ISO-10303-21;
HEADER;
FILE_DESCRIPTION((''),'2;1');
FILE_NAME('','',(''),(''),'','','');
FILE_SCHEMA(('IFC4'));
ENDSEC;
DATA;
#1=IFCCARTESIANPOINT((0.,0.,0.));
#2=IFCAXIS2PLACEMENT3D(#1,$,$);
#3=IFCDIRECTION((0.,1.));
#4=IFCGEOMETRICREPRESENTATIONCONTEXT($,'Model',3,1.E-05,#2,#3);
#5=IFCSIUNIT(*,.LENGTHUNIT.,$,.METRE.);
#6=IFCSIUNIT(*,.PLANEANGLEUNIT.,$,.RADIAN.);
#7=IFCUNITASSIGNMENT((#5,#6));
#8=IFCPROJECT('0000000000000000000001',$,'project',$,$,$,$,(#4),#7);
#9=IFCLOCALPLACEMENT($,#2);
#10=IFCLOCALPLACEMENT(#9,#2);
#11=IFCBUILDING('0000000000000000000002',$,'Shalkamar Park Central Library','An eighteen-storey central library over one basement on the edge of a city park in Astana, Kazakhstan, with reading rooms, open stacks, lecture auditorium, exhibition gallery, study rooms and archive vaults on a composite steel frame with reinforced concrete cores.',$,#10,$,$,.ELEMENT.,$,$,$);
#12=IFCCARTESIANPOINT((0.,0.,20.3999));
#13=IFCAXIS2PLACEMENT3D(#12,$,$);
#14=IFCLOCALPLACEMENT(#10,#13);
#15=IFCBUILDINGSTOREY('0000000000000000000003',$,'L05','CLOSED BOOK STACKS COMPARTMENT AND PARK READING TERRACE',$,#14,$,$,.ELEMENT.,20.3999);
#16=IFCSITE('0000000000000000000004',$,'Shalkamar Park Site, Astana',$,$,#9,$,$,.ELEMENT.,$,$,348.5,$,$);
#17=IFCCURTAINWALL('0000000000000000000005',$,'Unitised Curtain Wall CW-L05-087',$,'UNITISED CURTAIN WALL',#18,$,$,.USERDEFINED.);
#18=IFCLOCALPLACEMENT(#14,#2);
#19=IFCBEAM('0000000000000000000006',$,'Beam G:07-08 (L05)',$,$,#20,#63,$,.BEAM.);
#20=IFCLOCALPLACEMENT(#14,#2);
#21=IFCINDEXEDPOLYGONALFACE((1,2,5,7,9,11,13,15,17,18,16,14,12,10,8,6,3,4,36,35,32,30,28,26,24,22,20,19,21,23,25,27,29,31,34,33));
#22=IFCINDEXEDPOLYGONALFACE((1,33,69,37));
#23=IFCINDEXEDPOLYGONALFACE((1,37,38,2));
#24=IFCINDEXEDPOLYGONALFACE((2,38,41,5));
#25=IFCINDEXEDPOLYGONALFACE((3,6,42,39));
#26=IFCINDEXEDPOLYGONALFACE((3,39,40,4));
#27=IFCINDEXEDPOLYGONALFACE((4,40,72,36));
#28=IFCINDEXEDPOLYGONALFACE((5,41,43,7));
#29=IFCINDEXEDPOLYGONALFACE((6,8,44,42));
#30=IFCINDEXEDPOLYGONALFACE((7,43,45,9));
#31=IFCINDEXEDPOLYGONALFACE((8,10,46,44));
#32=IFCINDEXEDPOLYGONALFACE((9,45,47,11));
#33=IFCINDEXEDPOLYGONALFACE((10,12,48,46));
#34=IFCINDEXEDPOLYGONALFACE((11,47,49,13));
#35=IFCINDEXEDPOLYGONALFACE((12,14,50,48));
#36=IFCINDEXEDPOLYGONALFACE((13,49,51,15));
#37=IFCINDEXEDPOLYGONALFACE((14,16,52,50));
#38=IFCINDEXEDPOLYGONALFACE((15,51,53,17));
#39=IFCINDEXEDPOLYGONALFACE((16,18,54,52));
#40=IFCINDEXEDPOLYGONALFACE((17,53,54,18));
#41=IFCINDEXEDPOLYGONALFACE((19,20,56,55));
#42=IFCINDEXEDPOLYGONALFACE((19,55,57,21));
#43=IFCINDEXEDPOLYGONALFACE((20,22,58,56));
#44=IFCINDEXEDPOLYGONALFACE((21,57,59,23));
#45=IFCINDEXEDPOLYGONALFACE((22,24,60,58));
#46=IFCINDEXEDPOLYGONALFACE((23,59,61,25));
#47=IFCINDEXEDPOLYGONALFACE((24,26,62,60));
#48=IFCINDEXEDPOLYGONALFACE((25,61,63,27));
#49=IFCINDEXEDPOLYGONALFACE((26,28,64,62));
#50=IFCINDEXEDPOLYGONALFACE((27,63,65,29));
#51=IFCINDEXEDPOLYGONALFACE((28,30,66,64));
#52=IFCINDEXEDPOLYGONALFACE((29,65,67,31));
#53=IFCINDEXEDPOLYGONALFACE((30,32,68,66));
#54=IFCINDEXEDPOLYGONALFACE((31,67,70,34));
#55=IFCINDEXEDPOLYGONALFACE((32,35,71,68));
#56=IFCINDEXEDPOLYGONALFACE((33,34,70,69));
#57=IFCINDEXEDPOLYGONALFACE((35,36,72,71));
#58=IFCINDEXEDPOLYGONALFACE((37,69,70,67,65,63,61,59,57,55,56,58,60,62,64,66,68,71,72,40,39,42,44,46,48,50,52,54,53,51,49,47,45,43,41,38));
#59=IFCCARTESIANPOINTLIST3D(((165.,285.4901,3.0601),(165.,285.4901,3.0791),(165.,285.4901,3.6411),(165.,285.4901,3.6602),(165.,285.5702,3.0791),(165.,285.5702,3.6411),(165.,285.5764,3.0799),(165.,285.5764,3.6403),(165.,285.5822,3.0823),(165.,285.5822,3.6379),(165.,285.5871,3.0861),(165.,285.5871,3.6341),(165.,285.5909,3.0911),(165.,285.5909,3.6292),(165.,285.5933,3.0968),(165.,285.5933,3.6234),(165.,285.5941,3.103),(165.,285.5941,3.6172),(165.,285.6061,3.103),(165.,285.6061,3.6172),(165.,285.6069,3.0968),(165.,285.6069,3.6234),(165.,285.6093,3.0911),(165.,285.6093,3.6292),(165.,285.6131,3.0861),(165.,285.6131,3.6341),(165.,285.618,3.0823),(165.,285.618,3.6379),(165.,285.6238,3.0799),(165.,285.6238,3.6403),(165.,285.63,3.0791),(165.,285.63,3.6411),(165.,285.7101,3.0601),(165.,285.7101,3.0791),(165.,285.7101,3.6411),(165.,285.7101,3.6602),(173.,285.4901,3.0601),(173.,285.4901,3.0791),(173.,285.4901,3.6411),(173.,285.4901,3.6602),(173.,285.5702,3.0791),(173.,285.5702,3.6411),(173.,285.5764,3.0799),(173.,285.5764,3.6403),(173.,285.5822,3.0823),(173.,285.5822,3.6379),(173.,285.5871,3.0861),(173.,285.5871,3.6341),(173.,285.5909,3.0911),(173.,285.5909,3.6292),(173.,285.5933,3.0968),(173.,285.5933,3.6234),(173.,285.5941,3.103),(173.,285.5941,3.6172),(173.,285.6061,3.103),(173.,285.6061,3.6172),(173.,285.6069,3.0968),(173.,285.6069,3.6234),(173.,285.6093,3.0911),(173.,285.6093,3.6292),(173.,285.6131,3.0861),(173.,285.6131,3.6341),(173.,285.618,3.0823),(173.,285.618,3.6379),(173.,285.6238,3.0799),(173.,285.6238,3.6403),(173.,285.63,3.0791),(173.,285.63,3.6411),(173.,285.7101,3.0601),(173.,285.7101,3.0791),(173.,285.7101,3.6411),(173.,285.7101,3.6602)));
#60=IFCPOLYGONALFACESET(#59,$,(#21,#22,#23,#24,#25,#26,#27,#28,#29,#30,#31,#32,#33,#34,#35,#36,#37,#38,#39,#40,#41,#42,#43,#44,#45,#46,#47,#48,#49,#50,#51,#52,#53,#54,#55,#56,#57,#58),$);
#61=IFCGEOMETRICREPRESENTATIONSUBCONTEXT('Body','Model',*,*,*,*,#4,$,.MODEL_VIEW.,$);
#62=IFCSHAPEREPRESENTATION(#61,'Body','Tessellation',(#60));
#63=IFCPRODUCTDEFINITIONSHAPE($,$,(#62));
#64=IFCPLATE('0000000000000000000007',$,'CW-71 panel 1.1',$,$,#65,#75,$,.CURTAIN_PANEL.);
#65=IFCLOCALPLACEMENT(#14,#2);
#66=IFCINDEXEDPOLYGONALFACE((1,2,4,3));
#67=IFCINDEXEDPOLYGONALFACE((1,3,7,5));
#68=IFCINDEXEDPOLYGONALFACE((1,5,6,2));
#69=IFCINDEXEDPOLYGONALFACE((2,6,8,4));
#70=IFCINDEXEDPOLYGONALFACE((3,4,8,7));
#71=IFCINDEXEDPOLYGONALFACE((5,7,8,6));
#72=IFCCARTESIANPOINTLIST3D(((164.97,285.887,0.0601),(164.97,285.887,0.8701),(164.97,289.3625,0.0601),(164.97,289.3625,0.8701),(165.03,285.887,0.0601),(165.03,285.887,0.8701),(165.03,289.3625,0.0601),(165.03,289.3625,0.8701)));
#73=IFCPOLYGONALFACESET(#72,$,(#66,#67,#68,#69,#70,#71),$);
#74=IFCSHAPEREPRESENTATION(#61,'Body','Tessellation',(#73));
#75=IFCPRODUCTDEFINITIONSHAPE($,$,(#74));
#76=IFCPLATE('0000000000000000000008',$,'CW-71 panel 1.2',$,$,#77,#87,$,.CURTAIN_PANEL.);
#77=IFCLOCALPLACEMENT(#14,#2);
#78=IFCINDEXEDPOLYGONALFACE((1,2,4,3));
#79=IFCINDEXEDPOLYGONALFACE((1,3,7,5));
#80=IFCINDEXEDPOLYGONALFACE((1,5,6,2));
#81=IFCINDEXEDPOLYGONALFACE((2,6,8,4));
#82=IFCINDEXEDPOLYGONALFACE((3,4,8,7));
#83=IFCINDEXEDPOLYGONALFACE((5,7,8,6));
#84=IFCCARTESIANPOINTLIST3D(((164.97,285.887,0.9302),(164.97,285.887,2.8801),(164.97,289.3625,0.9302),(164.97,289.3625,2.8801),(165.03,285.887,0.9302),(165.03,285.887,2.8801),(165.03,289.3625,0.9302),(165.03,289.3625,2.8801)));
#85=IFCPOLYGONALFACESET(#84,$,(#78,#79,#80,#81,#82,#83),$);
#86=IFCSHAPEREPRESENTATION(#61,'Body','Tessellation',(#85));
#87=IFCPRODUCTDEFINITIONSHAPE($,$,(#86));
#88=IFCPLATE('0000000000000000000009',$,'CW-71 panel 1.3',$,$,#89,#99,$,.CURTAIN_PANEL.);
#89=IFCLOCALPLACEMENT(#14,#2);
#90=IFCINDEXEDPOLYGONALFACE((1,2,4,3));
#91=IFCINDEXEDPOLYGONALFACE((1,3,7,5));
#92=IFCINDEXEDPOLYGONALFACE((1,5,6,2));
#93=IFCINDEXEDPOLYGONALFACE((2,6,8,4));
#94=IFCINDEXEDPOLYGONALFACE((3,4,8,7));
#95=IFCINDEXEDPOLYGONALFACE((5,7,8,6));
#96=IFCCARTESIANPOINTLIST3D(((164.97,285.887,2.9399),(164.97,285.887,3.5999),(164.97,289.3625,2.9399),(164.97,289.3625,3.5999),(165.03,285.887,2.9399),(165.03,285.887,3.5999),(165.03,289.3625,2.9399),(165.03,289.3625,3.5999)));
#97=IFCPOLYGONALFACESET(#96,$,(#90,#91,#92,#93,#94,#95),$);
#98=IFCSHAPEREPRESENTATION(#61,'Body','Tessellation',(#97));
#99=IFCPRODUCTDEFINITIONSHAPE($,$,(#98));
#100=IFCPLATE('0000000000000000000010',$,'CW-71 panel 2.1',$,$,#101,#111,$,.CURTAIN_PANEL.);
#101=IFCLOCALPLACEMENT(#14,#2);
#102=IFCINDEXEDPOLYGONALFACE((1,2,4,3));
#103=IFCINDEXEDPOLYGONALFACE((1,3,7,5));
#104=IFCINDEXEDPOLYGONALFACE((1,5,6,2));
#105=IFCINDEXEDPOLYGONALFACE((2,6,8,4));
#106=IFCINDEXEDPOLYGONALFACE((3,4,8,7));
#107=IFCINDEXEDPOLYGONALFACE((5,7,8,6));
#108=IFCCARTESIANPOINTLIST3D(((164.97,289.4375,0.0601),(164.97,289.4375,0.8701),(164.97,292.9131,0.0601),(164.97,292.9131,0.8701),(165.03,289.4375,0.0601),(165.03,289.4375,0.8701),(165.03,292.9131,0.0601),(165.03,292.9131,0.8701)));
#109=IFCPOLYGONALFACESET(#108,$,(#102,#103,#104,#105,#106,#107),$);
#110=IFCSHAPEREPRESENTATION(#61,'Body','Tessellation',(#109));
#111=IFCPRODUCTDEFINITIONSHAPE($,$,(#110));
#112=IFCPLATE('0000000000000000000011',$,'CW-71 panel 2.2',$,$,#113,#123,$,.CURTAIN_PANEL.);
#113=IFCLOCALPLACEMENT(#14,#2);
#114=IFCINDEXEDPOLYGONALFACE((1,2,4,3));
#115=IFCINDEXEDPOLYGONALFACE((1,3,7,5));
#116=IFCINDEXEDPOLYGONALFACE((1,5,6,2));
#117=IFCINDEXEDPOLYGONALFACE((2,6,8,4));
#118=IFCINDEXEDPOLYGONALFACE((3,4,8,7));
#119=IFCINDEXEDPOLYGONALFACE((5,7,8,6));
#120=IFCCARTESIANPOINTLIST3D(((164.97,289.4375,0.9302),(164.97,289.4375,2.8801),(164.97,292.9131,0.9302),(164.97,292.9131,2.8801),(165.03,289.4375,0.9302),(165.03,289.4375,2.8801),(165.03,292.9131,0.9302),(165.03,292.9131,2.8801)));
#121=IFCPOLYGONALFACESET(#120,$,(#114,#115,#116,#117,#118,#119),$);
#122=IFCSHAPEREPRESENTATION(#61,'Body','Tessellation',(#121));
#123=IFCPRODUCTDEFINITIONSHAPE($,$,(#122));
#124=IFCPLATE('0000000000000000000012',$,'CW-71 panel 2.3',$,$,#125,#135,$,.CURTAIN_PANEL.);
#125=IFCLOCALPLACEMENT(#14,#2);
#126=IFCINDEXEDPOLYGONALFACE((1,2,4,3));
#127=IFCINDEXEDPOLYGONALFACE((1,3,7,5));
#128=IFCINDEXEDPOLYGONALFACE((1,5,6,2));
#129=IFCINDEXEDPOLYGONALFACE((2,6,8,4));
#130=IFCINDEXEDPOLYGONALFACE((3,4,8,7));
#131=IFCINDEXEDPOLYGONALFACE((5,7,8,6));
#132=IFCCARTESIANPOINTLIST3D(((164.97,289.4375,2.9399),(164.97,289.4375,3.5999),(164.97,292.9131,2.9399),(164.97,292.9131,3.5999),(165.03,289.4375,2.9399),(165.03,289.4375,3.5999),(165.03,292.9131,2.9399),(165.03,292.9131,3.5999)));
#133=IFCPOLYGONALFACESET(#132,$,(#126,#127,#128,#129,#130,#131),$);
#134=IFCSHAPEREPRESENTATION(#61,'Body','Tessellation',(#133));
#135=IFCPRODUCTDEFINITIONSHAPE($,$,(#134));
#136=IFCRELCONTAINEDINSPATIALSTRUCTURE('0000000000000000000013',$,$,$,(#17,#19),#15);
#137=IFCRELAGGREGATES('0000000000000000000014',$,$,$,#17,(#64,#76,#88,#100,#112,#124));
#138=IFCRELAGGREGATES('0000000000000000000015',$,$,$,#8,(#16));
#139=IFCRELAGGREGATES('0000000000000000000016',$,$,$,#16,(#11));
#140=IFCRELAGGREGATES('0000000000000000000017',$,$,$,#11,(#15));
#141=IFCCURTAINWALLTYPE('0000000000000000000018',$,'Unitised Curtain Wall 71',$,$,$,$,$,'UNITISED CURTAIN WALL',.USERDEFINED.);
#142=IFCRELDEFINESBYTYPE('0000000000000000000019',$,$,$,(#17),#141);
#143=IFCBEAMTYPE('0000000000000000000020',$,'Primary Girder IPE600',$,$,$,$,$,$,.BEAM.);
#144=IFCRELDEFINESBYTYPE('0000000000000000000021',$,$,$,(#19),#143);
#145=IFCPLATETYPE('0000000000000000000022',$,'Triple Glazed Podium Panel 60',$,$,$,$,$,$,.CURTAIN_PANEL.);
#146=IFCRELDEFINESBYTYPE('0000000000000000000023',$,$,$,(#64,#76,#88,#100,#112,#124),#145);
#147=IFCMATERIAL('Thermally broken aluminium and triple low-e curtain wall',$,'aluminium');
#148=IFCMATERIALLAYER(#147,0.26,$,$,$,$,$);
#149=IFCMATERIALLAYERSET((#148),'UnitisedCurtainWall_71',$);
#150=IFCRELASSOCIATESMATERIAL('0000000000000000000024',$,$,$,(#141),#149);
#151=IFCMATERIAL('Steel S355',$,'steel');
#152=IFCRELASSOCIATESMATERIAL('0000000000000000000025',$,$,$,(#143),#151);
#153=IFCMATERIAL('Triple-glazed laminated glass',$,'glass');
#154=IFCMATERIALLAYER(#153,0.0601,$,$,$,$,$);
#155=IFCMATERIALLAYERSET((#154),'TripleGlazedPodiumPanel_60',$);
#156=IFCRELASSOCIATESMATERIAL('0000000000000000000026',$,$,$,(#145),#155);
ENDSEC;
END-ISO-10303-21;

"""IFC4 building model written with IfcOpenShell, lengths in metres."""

from ifc_helpers import new_model, si_unit, direction, frame, origin, origin_2d, place, context, subcontext, project, spatial, rectangle, i_section, extrude, material, layer, layer_set, material_profile, profile_set, type_object, element, aggregate, save


model = new_model("IFC4")

# Units and contexts
model_context = context("Model", 3, precision=1e-05, world=origin(), true_north=direction((0.0, 1.0)))
body_context = subcontext(model_context, "Body", "Model", "MODEL_VIEW")
ifc_project = project(units=[si_unit("LENGTHUNIT", "METRE"), si_unit("PLANEANGLEUNIT", "RADIAN")], contexts=[model_context])

# Site, building, storey
site_placement = place(None, origin())
site = spatial("IfcSite", under=ifc_project, at=site_placement, Name="Shalkamar Park Site, Astana", CompositionType="ELEMENT", RefElevation=348.5)
building_placement = place(site_placement, origin())
building = spatial("IfcBuilding", under=site, at=building_placement, Name="Shalkamar Park Central Library", Description="An eighteen-storey central library over one basement on the edge of a city park in Astana, Kazakhstan, with reading rooms, open stacks, lecture auditorium, exhibition gallery, study rooms and archive vaults on a composite steel frame with reinforced concrete cores.", CompositionType="ELEMENT")
storey_placement = place(building_placement, frame((0.0, 0.0, 20.3999)))
storey = spatial("IfcBuildingStorey", under=building, at=storey_placement, Name="L05", Description="CLOSED BOOK STACKS COMPARTMENT AND PARK READING TERRACE", CompositionType="ELEMENT", Elevation=20.3999)

# Shared definitions
ifc_material_1 = material(Name="Steel S355", Category="steel")

# Curtain wall
ifc_material_2 = material(Name="Thermally broken aluminium and triple low-e curtain wall", Category="aluminium")
ifc_layer_1 = layer(ifc_material_2, 0.26)
ifc_layer_set_1 = layer_set([ifc_layer_1], Name="UnitisedCurtainWall_71")
curtain_wall_type = type_object("IfcCurtainWallType", Name="Unitised Curtain Wall 71", ElementType="UNITISED CURTAIN WALL", PredefinedType="USERDEFINED", material=ifc_layer_set_1)
curtain_wall_placement = place(storey_placement, origin())
curtain_wall = element("IfcCurtainWall", 1, at=curtain_wall_placement, inside=storey, type_object=curtain_wall_type, Name="Unitised Curtain Wall CW-L05-087", ObjectType="UNITISED CURTAIN WALL", PredefinedType="USERDEFINED")

# Beam
ifc_material_profile_1 = material_profile(ifc_material_1, i_section(OverallWidth=0.22, OverallDepth=0.6001, WebThickness=0.012, FlangeThickness=0.019, FilletRadius=0.0239, at=origin_2d()), Name="IPE 600")
ifc_profile_set_1 = profile_set([ifc_material_profile_1], Name="Steel S355")
beam_type_1 = type_object("IfcBeamType", Name="Primary Girder IPE600", PredefinedType="BEAM", material=ifc_profile_set_1)
beam_1_placement = place(storey_placement, frame((165.0, 285.6001, 3.3601), z_axis=(1.0, 0.0, 0.0), x_axis=(0.0, 1.0, 0.0)))
element("IfcBeam", 2, at=beam_1_placement, inside=storey, type_object=beam_type_1, Name="Beam G:07-08 (L05)", PredefinedType="BEAM", context=body_context, shape_type="SweptSolid", body=[
    extrude(i_section(OverallWidth=0.22, OverallDepth=0.6001, WebThickness=0.012, FlangeThickness=0.019, FilletRadius=0.0239, at=origin_2d()), origin(), (0.0, 0.0, 1.0), 8.0),
])

# Plates
ifc_material_3 = material(Name="Triple-glazed laminated glass", Category="glass")
ifc_layer_2 = layer(ifc_material_3, 0.0601)
ifc_layer_set_2 = layer_set([ifc_layer_2], Name="TripleGlazedPodiumPanel_60")
plate_type = type_object("IfcPlateType", Name="Triple Glazed Podium Panel 60", PredefinedType="CURTAIN_PANEL", material=ifc_layer_set_2)
plate_1_placement = place(storey_placement, frame((165.0, 287.6248, 0.0601), z_axis=(0.0, 0.0, 1.0), x_axis=(0.0, 1.0, 0.0)))
plate_1 = element("IfcPlate", 3, at=plate_1_placement, type_object=plate_type, Name="CW-71 panel 1.1", PredefinedType="CURTAIN_PANEL", context=body_context, shape_type="SweptSolid", body=[
    extrude(rectangle(XDim=3.4756, YDim=0.0601, at=origin_2d()), origin(), (0.0, 0.0, 1.0), 0.8101),
])
plate_2_placement = place(storey_placement, frame((165.0, 287.6248, 0.9302), z_axis=(0.0, 0.0, 1.0), x_axis=(0.0, 1.0, 0.0)))
plate_2 = element("IfcPlate", 4, at=plate_2_placement, type_object=plate_type, Name="CW-71 panel 1.2", PredefinedType="CURTAIN_PANEL", context=body_context, shape_type="SweptSolid", body=[
    extrude(rectangle(XDim=3.4756, YDim=0.0601, at=origin_2d()), origin(), (0.0, 0.0, 1.0), 1.95),
])
plate_3_placement = place(storey_placement, frame((165.0, 287.6248, 2.9399), z_axis=(0.0, 0.0, 1.0), x_axis=(0.0, 1.0, 0.0)))
plate_3 = element("IfcPlate", 5, at=plate_3_placement, type_object=plate_type, Name="CW-71 panel 1.3", PredefinedType="CURTAIN_PANEL", context=body_context, shape_type="SweptSolid", body=[
    extrude(rectangle(XDim=3.4756, YDim=0.0601, at=origin_2d()), origin(), (0.0, 0.0, 1.0), 0.6599),
])
plate_4_placement = place(storey_placement, frame((165.0, 291.1753, 0.0601), z_axis=(0.0, 0.0, 1.0), x_axis=(0.0, 1.0, 0.0)))
plate_4 = element("IfcPlate", 6, at=plate_4_placement, type_object=plate_type, Name="CW-71 panel 2.1", PredefinedType="CURTAIN_PANEL", context=body_context, shape_type="SweptSolid", body=[
    extrude(rectangle(XDim=3.4756, YDim=0.0601, at=origin_2d()), origin(), (0.0, 0.0, 1.0), 0.8101),
])
plate_5_placement = place(storey_placement, frame((165.0, 291.1753, 0.9302), z_axis=(0.0, 0.0, 1.0), x_axis=(0.0, 1.0, 0.0)))
plate_5 = element("IfcPlate", 7, at=plate_5_placement, type_object=plate_type, Name="CW-71 panel 2.2", PredefinedType="CURTAIN_PANEL", context=body_context, shape_type="SweptSolid", body=[
    extrude(rectangle(XDim=3.4756, YDim=0.0601, at=origin_2d()), origin(), (0.0, 0.0, 1.0), 1.95),
])
plate_6_placement = place(storey_placement, frame((165.0, 291.1753, 2.9399), z_axis=(0.0, 0.0, 1.0), x_axis=(0.0, 1.0, 0.0)))
plate_6 = element("IfcPlate", 8, at=plate_6_placement, type_object=plate_type, Name="CW-71 panel 2.3", PredefinedType="CURTAIN_PANEL", context=body_context, shape_type="SweptSolid", body=[
    extrude(rectangle(XDim=3.4756, YDim=0.0601, at=origin_2d()), origin(), (0.0, 0.0, 1.0), 0.6599),
])
aggregate(curtain_wall, [plate_1, plate_2, plate_3, plate_4, plate_5, plate_6])

save(model, "model.ifc")
